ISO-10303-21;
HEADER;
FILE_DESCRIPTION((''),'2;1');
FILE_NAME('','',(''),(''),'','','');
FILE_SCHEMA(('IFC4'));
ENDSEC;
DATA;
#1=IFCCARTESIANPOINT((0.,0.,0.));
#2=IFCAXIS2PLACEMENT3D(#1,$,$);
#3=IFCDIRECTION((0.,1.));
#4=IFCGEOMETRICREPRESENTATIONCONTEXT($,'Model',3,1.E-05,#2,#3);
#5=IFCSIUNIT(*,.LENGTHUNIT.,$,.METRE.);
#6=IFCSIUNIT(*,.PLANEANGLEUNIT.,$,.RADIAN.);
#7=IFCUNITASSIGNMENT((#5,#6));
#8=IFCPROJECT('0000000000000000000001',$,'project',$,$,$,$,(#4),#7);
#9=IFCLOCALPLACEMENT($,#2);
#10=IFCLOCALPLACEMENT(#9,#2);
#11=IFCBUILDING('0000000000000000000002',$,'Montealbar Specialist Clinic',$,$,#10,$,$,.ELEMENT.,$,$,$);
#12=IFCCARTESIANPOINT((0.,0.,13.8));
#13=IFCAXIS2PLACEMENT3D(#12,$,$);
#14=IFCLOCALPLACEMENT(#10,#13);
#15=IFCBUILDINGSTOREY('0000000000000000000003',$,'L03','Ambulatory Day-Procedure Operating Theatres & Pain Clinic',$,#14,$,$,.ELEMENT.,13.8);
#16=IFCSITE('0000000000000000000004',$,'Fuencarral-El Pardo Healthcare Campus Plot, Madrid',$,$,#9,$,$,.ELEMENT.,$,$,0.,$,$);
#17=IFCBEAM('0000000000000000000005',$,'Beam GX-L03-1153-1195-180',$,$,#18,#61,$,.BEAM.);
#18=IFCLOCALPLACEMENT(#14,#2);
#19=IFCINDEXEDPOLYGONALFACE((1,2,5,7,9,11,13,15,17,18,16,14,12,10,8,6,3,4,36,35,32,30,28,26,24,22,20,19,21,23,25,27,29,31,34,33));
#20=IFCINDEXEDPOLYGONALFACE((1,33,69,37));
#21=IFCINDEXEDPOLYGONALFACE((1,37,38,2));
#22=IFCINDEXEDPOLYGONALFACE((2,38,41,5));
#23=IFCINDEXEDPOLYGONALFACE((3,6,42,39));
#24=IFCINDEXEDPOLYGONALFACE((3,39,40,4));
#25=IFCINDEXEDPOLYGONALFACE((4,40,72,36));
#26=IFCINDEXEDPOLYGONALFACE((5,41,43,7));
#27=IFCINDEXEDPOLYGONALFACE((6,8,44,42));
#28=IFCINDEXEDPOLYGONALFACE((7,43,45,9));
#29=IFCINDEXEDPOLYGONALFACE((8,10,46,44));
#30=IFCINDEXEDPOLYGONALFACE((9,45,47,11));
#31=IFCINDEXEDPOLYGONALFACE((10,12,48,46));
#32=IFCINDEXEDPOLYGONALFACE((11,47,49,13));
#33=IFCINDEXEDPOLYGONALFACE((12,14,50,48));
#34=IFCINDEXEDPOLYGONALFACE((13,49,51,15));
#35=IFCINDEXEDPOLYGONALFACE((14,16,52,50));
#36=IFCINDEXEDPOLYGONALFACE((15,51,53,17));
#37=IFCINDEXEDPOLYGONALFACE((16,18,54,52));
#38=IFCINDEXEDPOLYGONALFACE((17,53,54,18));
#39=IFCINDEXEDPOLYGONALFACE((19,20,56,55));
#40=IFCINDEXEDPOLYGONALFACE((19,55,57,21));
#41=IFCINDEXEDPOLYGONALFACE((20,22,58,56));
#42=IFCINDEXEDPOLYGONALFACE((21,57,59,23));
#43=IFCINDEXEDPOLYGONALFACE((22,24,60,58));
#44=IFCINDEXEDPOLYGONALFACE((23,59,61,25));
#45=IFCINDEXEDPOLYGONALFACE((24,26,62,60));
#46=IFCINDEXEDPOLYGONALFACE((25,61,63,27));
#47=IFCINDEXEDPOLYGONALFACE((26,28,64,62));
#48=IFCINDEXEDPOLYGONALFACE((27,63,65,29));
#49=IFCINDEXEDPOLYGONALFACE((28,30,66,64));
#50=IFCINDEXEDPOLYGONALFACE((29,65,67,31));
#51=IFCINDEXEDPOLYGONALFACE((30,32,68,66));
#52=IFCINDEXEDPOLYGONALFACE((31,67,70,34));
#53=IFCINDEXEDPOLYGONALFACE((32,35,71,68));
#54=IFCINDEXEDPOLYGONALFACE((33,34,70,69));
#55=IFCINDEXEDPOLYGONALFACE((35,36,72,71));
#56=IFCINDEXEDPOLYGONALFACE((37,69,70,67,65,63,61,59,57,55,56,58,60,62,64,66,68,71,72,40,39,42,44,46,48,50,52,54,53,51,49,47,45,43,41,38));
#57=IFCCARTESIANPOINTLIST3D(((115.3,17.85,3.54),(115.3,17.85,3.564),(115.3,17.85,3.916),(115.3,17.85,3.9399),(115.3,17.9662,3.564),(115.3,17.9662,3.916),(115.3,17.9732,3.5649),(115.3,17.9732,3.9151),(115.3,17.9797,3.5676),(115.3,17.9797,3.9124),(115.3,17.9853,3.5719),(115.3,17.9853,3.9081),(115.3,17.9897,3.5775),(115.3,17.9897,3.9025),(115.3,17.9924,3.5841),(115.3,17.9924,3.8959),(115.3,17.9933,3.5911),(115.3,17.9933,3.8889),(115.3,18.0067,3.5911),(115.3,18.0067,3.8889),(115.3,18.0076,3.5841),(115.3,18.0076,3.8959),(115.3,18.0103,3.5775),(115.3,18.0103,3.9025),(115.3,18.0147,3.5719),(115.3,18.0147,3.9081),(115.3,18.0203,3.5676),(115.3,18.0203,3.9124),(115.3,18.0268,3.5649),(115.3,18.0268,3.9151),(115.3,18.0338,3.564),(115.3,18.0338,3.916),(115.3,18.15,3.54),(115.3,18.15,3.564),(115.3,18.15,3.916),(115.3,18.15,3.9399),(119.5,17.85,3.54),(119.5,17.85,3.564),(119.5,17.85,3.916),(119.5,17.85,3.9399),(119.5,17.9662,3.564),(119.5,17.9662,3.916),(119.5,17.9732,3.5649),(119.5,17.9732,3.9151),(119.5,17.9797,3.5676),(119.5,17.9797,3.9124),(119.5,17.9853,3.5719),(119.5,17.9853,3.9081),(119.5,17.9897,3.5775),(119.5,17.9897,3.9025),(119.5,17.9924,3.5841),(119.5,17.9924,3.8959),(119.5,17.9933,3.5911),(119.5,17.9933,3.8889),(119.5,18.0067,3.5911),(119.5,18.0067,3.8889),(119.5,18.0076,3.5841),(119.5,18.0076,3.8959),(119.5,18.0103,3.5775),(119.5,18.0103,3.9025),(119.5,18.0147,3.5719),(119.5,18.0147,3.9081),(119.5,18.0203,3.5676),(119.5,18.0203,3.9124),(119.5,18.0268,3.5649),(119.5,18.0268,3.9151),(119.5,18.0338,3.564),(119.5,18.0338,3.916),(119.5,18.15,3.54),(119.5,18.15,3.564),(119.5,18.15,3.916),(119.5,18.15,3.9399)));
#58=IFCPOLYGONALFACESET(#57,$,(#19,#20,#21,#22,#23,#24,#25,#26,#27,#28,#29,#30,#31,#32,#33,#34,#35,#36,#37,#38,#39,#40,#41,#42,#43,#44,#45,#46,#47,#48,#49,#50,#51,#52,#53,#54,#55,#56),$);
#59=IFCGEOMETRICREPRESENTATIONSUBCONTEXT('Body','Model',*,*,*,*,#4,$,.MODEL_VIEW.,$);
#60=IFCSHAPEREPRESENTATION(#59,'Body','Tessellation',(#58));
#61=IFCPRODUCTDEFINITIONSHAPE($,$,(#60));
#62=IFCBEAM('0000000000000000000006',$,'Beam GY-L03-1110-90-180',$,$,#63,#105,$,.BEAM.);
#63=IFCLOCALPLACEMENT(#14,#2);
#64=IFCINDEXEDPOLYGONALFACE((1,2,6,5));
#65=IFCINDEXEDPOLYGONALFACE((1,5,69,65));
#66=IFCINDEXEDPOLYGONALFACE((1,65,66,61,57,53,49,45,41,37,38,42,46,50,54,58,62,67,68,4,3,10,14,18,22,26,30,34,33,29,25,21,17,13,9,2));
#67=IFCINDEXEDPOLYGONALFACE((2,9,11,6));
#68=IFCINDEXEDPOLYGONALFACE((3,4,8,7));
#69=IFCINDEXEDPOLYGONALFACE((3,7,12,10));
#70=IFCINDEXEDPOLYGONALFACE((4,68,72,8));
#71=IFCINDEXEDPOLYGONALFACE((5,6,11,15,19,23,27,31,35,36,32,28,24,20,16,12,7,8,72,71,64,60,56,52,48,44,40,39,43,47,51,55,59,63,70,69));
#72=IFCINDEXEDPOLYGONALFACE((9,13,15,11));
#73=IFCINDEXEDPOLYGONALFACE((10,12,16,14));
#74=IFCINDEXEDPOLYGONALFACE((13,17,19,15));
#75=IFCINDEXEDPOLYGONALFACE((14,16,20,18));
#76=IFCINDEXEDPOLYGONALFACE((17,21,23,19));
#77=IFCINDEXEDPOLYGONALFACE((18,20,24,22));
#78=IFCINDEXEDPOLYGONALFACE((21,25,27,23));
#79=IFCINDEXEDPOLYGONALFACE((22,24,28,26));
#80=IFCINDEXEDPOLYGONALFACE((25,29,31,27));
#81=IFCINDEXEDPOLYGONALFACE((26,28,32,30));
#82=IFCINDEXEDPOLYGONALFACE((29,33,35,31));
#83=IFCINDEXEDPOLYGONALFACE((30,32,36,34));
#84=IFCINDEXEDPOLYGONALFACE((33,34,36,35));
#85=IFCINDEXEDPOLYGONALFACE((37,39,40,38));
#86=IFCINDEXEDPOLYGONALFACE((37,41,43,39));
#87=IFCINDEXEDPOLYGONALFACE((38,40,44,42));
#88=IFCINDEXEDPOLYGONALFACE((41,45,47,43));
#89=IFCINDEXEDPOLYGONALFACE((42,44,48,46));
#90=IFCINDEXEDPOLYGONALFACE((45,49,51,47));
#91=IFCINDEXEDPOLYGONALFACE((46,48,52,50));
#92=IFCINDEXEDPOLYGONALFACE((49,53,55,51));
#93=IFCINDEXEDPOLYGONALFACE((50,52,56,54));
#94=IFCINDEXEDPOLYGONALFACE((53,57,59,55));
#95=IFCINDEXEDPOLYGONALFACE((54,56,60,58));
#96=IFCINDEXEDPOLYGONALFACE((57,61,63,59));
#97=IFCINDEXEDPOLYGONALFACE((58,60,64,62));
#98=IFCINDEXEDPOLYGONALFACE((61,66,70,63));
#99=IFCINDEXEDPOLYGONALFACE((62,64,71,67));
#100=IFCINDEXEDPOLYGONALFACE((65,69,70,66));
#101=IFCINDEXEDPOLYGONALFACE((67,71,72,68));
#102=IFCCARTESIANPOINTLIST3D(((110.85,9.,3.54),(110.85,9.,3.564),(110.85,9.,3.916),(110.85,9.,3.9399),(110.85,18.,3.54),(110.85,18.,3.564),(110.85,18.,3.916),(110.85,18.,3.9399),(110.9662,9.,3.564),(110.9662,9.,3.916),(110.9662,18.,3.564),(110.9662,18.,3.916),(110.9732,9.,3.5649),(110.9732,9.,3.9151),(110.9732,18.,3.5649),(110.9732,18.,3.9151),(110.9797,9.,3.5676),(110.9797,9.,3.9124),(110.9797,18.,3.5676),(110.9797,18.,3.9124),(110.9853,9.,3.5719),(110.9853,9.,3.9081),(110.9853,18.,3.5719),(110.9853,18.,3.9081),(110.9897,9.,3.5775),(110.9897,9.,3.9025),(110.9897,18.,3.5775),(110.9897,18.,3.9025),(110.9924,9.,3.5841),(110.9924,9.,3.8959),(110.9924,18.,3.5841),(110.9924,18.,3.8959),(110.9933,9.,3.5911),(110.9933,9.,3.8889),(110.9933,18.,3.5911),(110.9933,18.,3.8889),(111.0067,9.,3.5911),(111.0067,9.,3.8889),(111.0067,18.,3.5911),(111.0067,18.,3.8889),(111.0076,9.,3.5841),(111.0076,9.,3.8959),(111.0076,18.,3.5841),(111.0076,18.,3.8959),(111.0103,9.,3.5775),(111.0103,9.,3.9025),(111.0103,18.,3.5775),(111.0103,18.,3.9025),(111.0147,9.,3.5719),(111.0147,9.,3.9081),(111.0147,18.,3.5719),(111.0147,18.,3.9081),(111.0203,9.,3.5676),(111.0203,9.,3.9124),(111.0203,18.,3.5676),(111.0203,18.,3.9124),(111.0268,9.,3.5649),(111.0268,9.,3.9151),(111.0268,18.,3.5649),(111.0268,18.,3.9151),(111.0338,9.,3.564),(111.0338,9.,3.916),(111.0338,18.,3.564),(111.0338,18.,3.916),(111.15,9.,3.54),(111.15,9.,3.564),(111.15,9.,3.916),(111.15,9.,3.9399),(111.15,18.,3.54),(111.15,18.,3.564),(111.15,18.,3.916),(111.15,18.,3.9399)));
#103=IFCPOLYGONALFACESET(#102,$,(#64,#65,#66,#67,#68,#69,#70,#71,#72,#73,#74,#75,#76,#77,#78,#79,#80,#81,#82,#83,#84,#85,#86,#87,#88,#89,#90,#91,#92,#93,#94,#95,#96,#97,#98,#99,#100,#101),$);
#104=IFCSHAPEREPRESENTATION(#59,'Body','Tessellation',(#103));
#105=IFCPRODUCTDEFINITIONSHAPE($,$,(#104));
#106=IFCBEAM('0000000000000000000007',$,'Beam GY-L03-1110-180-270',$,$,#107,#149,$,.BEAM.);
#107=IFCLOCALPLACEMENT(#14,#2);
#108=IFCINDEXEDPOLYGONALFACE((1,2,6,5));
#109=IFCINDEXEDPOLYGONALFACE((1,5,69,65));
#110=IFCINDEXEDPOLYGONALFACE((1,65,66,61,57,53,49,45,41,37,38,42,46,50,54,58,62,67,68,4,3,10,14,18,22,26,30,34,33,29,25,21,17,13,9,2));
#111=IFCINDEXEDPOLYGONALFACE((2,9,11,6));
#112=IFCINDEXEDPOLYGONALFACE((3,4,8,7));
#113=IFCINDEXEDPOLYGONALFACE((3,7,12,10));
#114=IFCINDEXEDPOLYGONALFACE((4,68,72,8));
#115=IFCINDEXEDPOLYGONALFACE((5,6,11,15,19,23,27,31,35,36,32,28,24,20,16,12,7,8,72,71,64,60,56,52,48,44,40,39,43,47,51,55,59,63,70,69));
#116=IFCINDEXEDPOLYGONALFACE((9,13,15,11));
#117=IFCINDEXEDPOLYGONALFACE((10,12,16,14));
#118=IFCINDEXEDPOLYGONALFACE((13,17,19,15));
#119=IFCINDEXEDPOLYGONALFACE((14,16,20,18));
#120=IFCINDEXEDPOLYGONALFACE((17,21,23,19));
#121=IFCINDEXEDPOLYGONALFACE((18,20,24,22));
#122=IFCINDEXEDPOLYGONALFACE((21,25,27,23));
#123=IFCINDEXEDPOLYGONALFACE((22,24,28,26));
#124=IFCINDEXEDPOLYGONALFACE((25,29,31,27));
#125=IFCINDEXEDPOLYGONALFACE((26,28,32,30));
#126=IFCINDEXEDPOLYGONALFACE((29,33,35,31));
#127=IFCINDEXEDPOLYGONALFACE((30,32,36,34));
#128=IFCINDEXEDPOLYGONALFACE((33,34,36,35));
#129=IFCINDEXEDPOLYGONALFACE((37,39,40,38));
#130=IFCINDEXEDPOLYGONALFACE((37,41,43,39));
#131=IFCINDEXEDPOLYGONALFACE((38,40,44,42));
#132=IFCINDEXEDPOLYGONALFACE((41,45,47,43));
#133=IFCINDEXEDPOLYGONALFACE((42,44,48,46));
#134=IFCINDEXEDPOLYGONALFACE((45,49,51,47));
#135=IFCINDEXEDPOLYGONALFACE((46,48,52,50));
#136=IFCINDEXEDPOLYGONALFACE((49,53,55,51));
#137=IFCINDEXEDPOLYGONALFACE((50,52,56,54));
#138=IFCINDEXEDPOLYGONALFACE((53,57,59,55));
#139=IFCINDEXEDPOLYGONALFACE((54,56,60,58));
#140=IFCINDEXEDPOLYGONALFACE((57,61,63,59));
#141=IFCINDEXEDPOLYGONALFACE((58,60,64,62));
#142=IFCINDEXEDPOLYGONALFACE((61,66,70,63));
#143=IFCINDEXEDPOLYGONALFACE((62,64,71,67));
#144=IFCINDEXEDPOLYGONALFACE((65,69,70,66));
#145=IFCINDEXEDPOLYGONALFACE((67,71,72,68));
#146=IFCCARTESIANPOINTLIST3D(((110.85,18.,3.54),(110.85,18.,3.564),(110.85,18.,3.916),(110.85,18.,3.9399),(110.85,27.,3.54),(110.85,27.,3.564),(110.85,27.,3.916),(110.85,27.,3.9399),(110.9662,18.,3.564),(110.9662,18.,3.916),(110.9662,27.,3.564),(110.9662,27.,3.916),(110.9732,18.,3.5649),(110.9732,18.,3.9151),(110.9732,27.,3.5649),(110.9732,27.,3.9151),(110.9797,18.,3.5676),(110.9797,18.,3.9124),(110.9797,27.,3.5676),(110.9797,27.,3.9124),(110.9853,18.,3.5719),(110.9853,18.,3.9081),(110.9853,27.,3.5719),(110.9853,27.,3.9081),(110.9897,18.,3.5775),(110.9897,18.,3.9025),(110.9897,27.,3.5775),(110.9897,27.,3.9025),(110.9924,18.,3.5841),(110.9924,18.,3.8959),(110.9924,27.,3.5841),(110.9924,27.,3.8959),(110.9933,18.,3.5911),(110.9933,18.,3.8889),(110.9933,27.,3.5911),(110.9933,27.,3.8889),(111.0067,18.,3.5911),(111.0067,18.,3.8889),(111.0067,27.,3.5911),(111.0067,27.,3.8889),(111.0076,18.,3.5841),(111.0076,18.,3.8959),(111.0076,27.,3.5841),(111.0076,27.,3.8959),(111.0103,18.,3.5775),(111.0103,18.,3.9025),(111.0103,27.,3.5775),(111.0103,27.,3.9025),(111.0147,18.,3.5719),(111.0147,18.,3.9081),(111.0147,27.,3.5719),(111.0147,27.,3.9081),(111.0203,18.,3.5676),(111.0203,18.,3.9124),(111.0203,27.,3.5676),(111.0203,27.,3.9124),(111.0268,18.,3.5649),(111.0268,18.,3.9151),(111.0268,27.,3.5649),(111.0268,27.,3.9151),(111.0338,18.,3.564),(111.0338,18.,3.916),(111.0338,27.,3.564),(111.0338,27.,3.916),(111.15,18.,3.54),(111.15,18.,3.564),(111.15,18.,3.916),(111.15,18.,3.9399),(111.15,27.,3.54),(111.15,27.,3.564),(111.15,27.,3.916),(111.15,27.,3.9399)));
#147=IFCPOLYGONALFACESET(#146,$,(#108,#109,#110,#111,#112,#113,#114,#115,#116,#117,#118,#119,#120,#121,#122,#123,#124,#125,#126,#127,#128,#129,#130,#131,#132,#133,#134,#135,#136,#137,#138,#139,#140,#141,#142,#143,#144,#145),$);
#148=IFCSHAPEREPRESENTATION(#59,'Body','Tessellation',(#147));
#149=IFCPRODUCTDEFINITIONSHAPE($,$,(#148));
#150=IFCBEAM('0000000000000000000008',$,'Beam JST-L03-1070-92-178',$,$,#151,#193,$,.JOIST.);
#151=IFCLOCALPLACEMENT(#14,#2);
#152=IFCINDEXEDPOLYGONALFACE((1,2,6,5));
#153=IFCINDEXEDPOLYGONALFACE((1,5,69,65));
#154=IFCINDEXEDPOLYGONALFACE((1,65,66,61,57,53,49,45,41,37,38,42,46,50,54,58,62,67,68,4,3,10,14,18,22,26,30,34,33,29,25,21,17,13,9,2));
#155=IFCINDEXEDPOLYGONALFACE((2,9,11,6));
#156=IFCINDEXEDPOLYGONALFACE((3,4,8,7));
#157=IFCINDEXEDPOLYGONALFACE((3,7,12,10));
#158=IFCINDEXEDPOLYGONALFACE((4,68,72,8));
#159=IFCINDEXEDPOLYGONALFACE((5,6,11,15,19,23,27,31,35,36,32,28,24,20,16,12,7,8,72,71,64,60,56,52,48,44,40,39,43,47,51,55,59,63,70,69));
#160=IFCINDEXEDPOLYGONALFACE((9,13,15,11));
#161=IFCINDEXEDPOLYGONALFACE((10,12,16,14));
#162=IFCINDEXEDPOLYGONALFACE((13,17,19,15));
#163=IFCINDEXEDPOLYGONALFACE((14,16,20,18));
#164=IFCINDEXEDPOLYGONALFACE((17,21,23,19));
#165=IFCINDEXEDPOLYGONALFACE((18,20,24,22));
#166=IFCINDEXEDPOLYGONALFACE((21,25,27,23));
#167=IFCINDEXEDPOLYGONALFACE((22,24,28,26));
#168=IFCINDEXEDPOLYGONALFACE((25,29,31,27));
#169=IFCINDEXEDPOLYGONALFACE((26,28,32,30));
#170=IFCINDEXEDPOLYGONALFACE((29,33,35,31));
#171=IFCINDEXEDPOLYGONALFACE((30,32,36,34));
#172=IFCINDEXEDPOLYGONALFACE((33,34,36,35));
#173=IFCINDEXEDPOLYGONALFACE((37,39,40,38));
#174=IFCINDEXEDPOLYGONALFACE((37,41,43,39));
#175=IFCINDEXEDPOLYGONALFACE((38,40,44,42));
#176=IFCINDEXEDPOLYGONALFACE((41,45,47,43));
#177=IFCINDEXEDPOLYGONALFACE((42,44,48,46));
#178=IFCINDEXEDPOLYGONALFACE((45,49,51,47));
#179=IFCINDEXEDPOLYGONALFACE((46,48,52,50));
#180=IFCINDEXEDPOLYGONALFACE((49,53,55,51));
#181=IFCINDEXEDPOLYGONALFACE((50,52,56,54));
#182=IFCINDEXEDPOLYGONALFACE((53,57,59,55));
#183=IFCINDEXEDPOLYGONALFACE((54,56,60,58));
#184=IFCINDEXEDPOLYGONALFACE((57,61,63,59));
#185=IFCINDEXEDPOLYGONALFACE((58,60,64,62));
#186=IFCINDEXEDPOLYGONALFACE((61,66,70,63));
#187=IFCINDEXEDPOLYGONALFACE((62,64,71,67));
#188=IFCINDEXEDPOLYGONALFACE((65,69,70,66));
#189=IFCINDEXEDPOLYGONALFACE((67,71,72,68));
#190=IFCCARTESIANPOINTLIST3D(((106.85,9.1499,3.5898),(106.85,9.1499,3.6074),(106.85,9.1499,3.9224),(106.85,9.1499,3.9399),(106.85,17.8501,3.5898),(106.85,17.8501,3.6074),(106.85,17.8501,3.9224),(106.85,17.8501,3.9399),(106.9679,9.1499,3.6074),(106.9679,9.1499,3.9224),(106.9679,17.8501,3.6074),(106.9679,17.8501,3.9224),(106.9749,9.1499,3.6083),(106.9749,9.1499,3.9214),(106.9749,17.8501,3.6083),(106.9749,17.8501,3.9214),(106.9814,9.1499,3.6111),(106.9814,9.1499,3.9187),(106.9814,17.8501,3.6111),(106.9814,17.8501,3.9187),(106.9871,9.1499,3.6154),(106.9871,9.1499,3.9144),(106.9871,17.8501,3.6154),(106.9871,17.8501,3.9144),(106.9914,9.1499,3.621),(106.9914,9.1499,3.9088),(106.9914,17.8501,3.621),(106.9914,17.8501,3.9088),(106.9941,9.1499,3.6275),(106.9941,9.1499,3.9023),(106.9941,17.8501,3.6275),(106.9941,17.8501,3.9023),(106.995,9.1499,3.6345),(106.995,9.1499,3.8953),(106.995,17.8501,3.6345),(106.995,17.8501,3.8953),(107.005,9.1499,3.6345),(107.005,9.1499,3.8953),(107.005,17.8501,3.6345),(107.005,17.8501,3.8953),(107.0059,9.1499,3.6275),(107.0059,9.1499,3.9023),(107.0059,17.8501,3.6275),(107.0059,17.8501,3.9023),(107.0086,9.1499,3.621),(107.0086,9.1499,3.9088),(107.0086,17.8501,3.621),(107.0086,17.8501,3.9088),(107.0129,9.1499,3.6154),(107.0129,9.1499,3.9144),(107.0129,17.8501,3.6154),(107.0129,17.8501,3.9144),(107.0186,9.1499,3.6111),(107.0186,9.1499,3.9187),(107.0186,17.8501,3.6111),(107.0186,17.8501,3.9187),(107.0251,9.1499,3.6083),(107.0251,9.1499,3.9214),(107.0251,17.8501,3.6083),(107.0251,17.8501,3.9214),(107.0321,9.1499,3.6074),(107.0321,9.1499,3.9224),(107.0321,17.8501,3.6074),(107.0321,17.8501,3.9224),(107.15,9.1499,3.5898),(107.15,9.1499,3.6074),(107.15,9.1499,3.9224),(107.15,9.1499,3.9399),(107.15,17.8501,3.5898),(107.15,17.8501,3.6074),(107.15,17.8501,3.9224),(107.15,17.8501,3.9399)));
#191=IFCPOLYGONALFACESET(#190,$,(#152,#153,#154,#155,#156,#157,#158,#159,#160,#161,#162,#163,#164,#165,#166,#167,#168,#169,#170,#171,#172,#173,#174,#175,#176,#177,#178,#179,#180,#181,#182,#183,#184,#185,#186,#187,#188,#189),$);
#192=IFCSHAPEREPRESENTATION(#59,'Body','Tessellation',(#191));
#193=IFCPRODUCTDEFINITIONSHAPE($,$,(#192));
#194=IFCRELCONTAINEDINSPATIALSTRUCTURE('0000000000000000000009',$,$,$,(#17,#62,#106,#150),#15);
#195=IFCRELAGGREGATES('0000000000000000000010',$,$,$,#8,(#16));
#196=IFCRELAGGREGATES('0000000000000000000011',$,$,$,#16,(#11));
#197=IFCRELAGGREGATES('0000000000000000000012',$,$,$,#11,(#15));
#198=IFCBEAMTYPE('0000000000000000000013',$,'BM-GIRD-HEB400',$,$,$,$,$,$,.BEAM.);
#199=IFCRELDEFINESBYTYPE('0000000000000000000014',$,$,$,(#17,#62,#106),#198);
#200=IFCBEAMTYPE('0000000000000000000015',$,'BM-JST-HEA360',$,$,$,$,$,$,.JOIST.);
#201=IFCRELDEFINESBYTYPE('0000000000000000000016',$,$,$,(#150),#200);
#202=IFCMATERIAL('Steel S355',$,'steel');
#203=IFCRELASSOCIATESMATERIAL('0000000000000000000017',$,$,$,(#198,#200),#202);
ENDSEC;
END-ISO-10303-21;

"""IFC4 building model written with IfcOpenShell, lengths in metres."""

from ifc_helpers import new_model, si_unit, direction, frame, origin, origin_2d, place, context, subcontext, project, spatial, i_section, extrude, material, material_profile, profile_set, type_object, element, save


model = new_model("IFC4")

# Units and contexts
model_context = context("Model", 3, precision=1e-05, world=origin(), true_north=direction((0.0, 1.0)))
body_context = subcontext(model_context, "Body", "Model", "MODEL_VIEW")
ifc_project = project(units=[si_unit("LENGTHUNIT", "METRE"), si_unit("PLANEANGLEUNIT", "RADIAN")], contexts=[model_context])

# Site, building, storey
site_placement = place(None, origin())
site = spatial("IfcSite", under=ifc_project, at=site_placement, Name="Fuencarral-El Pardo Healthcare Campus Plot, Madrid", CompositionType="ELEMENT", RefElevation=0.0)
building_placement = place(site_placement, origin())
building = spatial("IfcBuilding", under=site, at=building_placement, Name="Montealbar Specialist Clinic", CompositionType="ELEMENT")
storey_placement = place(building_placement, frame((0.0, 0.0, 13.8)))
storey = spatial("IfcBuildingStorey", under=building, at=storey_placement, Name="L03", Description="Ambulatory Day-Procedure Operating Theatres & Pain Clinic", CompositionType="ELEMENT", Elevation=13.8)

# Shared definitions
ifc_material_1 = material(Name="Steel S355", Category="steel")

# Beams
ifc_material_profile_1 = material_profile(ifc_material_1, i_section(OverallWidth=0.3, OverallDepth=0.3999, WebThickness=0.0134, FlangeThickness=0.0239, FilletRadius=0.0271, at=origin_2d()), Name="HEB 400", Category="steel")
ifc_profile_set_1 = profile_set([ifc_material_profile_1], Name="Steel S355")
beam_type_1 = type_object("IfcBeamType", Name="BM-GIRD-HEB400", PredefinedType="BEAM", material=ifc_profile_set_1)
beam_1_placement = place(storey_placement, frame((115.3, 18.0, 3.74), z_axis=(1.0, 0.0, 0.0), x_axis=(0.0, 1.0, 0.0)))
element("IfcBeam", 1, at=beam_1_placement, inside=storey, type_object=beam_type_1, Name="Beam GX-L03-1153-1195-180", PredefinedType="BEAM", context=body_context, shape_type="SweptSolid", body=[
    extrude(i_section(OverallWidth=0.3, OverallDepth=0.3999, WebThickness=0.0134, FlangeThickness=0.0239, FilletRadius=0.0271, at=origin_2d()), origin(), (0.0, 0.0, 1.0), 4.2),
])
for number, where, z_axis, x_axis, name in (
    (2, (111.0, 9.0, 3.74), (0.0, 1.0, 0.0), (-1.0, 0.0, 0.0), "Beam GY-L03-1110-90-180"),
    (3, (111.0, 18.0, 3.74), (0.0, 1.0, 0.0), (-1.0, 0.0, 0.0), "Beam GY-L03-1110-180-270"),
):
    element("IfcBeam", number, at=place(storey_placement, frame(where, z_axis=z_axis, x_axis=x_axis)), inside=storey, type_object=beam_type_1, Name=name, PredefinedType="BEAM", context=body_context, shape_type="SweptSolid", body=[
        extrude(i_section(OverallWidth=0.3, OverallDepth=0.3999, WebThickness=0.0134, FlangeThickness=0.0239, FilletRadius=0.0271, at=origin_2d()), origin(), (0.0, 0.0, 1.0), 9.0),
    ])
ifc_material_profile_2 = material_profile(ifc_material_1, i_section(OverallWidth=0.3, OverallDepth=0.3501, WebThickness=0.01, FlangeThickness=0.0176, FilletRadius=0.0271, at=origin_2d()), Name="HEA 360", Category="steel")
ifc_profile_set_2 = profile_set([ifc_material_profile_2], Name="Steel S355")
beam_type_2 = type_object("IfcBeamType", Name="BM-JST-HEA360", PredefinedType="JOIST", material=ifc_profile_set_2)
beam_2_placement = place(storey_placement, frame((107.0, 9.1499, 3.7649), z_axis=(0.0, 1.0, 0.0), x_axis=(-1.0, 0.0, 0.0)))
element("IfcBeam", 4, at=beam_2_placement, inside=storey, type_object=beam_type_2, Name="Beam JST-L03-1070-92-178", PredefinedType="JOIST", context=body_context, shape_type="SweptSolid", body=[
    extrude(i_section(OverallWidth=0.3, OverallDepth=0.3501, WebThickness=0.01, FlangeThickness=0.0176, FilletRadius=0.0271, at=origin_2d()), origin(), (0.0, 0.0, 1.0), 8.7002),
])

save(model, "model.ifc")
